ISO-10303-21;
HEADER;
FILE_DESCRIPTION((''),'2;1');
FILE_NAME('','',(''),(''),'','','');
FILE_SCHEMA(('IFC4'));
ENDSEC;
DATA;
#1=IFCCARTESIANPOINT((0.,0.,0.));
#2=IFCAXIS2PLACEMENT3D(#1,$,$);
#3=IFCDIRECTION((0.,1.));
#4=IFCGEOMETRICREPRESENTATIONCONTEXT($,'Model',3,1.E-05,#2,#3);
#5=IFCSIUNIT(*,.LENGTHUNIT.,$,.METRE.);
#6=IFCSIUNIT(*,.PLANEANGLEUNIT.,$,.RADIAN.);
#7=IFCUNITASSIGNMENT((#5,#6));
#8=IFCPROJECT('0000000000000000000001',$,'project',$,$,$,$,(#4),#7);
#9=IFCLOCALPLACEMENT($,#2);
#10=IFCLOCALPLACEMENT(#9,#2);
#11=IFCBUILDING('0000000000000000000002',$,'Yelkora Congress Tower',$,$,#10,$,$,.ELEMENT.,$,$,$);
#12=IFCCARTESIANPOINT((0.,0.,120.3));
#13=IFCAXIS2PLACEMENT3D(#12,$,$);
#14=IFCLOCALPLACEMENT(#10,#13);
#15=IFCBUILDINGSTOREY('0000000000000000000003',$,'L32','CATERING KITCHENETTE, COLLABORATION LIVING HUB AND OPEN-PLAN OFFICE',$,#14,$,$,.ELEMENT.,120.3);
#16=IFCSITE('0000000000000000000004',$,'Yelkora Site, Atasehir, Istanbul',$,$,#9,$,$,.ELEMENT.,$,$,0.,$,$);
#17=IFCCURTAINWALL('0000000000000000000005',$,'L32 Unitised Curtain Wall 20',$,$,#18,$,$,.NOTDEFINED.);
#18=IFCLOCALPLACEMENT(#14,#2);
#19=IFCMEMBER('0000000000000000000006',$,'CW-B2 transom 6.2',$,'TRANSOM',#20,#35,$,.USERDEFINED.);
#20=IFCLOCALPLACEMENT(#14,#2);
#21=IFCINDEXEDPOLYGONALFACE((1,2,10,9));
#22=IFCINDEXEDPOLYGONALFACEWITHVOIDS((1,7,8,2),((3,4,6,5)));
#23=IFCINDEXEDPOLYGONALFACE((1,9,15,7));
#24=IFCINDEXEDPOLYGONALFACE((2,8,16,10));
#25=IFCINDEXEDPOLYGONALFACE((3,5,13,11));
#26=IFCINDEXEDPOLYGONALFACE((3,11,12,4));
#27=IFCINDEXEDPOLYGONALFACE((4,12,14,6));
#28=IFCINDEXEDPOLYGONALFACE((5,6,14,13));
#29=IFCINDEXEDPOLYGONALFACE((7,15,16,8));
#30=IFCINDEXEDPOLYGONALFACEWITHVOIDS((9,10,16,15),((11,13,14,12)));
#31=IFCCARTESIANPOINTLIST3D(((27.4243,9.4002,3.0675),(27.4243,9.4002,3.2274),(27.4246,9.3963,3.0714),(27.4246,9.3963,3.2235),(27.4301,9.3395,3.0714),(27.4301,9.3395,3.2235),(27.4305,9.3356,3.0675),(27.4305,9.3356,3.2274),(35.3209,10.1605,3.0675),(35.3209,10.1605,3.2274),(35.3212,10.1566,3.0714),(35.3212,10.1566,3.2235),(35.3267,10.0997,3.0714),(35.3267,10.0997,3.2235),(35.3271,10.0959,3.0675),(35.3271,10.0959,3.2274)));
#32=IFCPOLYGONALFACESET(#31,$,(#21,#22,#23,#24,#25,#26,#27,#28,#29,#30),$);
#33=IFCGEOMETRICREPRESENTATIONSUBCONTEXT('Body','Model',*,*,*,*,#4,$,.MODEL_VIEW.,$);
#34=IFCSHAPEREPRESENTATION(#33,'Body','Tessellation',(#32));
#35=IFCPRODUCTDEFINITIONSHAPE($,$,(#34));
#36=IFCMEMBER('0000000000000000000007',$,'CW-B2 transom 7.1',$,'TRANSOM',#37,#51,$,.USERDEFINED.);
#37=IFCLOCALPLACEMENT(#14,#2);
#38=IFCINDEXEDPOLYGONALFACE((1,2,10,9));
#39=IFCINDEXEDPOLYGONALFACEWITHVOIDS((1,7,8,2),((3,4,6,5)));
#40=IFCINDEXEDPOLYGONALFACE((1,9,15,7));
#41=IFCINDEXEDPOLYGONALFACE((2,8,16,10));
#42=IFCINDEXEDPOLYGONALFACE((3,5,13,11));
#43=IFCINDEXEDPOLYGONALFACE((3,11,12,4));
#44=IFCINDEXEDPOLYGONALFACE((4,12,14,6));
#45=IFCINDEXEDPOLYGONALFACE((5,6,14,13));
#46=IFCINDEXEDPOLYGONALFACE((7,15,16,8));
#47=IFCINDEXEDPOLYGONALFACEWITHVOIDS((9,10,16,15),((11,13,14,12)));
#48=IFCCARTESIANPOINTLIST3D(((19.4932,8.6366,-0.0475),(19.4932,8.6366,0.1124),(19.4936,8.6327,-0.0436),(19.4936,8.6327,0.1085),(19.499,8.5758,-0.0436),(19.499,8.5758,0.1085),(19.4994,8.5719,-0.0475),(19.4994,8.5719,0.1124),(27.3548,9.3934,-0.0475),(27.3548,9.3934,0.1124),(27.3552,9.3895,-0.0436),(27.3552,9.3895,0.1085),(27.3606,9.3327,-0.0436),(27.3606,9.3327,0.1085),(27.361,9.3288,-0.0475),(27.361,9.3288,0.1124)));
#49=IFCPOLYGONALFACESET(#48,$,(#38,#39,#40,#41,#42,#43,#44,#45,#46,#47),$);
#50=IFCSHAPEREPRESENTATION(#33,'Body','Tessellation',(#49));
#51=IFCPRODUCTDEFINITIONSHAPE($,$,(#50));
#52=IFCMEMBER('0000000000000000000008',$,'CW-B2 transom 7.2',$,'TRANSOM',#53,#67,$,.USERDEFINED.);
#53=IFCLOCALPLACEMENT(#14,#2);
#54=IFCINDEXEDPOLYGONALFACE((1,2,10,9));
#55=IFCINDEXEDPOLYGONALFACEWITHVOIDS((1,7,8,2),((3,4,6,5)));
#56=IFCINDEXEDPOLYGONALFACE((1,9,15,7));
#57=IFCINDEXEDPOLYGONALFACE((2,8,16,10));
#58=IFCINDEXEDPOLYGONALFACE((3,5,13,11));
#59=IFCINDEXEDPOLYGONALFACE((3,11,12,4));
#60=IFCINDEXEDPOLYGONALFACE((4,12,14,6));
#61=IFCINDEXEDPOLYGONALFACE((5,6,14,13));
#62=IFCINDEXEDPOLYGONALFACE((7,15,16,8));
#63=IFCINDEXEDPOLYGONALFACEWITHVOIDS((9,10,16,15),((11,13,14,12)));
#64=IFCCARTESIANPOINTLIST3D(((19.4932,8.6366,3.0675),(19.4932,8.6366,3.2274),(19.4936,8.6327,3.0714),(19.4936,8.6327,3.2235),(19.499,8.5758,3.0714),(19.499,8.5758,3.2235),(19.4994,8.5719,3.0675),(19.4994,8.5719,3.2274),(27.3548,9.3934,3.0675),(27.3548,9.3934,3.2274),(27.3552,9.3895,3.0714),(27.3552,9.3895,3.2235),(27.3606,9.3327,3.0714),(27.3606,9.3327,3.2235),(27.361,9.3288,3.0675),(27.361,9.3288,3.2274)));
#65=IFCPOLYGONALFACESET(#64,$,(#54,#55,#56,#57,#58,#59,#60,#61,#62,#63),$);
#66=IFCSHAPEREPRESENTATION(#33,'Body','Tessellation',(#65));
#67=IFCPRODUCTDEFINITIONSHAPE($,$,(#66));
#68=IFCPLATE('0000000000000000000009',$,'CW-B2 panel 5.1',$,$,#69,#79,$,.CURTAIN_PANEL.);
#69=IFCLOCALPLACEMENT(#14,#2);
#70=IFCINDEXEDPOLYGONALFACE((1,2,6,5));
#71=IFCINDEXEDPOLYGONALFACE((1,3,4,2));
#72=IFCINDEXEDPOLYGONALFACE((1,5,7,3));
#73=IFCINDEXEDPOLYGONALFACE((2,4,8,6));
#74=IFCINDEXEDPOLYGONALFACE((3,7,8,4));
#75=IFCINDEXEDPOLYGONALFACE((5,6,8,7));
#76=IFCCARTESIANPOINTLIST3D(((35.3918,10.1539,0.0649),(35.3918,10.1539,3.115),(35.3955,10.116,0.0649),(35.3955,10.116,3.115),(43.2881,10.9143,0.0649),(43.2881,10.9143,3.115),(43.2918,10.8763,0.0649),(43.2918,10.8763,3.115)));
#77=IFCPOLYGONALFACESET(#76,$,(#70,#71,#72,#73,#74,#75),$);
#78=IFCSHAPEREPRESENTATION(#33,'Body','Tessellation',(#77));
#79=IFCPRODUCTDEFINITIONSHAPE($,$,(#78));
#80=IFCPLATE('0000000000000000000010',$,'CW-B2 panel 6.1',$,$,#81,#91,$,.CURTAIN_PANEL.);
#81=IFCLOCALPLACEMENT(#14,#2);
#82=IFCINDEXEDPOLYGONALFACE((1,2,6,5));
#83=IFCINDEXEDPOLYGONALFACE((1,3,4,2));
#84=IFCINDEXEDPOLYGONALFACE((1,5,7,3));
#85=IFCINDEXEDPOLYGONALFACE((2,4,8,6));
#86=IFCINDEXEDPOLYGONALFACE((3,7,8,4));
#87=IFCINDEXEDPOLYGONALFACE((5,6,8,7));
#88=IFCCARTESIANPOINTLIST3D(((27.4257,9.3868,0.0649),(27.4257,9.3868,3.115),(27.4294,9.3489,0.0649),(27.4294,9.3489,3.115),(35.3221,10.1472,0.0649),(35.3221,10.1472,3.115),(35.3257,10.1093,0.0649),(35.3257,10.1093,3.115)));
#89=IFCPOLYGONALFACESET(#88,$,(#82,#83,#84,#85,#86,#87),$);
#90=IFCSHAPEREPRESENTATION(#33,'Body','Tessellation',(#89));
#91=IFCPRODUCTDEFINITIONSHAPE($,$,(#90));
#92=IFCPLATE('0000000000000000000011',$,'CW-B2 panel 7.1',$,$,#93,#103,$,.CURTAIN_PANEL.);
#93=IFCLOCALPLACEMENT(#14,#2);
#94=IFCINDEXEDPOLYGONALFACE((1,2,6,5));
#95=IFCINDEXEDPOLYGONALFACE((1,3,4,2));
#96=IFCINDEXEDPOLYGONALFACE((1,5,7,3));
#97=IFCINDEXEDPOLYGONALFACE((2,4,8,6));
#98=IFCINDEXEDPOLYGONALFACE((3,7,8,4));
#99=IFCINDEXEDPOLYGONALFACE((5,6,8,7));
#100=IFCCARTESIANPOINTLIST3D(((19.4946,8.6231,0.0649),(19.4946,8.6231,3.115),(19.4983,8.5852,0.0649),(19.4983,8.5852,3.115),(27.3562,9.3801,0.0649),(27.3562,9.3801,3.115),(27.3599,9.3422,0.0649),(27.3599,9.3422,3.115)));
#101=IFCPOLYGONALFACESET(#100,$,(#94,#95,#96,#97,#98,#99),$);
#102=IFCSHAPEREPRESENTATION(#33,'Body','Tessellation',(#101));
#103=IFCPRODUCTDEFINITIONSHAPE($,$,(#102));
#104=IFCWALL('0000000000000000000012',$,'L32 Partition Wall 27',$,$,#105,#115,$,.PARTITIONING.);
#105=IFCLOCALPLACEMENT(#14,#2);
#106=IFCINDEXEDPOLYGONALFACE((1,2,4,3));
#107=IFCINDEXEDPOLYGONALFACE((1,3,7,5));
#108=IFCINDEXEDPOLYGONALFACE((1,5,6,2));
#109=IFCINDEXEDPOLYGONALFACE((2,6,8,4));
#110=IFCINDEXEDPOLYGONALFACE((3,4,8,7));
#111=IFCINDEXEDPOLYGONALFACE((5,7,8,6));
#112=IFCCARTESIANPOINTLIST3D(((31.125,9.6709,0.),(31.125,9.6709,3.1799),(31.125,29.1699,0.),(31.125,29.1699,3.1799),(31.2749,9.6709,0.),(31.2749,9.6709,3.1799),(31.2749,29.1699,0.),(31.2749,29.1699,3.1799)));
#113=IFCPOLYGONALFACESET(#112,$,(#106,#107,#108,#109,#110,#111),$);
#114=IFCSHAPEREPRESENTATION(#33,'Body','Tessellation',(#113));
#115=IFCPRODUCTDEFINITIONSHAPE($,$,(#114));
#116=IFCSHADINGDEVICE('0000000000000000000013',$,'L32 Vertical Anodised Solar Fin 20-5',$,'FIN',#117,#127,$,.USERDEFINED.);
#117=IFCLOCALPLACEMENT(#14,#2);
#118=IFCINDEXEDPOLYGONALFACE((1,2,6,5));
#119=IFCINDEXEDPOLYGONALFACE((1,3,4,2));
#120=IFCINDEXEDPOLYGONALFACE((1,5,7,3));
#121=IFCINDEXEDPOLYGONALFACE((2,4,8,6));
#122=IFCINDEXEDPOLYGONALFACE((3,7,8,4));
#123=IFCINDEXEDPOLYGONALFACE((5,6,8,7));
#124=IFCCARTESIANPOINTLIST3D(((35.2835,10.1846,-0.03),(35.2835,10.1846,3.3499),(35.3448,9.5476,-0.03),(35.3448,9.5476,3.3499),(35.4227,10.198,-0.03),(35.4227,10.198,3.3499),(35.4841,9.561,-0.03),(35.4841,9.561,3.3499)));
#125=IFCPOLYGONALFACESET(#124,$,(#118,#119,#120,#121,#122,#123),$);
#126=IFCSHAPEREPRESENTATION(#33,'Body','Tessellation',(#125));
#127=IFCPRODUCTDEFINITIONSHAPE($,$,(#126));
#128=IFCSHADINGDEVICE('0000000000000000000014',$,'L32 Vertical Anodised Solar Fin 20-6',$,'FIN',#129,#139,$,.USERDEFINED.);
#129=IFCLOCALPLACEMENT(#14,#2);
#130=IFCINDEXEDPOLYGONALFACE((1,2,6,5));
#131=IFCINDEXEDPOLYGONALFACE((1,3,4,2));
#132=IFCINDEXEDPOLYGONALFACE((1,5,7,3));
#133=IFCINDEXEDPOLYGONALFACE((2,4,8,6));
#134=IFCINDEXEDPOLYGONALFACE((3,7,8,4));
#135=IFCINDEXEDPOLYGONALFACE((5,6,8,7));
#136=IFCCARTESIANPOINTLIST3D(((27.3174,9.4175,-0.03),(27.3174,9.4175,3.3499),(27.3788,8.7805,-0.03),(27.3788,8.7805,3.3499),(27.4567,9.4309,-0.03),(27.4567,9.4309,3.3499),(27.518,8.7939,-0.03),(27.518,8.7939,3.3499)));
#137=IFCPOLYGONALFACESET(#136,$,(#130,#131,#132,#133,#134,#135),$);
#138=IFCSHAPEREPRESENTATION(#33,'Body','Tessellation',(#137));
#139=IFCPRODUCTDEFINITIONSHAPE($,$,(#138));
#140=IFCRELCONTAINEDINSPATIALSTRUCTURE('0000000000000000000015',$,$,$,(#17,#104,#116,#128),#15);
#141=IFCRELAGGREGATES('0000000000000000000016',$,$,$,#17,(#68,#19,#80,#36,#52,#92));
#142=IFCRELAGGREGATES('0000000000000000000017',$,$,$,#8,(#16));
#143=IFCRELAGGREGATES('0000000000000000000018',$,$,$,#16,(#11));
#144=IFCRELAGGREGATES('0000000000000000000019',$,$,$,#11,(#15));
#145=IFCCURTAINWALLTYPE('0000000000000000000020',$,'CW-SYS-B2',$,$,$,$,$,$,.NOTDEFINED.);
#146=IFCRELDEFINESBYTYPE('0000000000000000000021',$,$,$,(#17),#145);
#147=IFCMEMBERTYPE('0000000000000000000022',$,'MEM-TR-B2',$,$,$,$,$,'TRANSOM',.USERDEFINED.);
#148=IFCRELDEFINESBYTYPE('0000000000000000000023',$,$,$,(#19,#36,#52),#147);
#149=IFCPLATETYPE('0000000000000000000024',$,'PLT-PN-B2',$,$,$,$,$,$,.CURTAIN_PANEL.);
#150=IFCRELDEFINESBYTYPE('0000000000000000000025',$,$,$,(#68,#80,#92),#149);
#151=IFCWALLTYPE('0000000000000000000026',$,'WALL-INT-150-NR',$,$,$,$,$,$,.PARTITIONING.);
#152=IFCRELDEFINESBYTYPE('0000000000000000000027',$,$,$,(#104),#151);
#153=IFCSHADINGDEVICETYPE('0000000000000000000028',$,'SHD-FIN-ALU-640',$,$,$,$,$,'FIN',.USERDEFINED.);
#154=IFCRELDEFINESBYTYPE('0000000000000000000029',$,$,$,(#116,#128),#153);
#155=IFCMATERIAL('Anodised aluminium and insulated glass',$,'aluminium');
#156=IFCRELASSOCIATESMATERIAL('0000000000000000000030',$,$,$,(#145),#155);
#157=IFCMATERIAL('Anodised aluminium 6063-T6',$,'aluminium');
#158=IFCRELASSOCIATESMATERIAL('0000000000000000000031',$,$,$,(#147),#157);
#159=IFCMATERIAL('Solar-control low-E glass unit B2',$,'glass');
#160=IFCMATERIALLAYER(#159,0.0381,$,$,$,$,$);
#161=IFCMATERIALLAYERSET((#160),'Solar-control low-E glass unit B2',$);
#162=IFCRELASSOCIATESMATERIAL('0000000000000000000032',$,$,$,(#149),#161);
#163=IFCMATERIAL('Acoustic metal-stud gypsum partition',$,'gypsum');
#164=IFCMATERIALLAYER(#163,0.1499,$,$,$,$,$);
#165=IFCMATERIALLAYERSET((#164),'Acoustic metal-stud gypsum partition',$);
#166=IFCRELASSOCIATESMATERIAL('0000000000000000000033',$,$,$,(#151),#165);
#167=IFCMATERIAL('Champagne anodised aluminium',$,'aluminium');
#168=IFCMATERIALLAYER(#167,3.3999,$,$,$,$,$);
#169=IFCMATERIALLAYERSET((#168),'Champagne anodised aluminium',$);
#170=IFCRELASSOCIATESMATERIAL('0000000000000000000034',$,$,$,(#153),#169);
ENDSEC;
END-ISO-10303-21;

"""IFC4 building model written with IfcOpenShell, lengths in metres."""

from ifc_helpers import new_model, si_unit, direction, frame, frame_2d, origin, origin_2d, place, context, subcontext, project, spatial, rectangle, hollow_rectangle, extrude, material, layer, layer_set, material_profile, profile_set, type_object, element, aggregate, save


model = new_model("IFC4")

# Units and contexts
model_context = context("Model", 3, precision=1e-05, world=origin(), true_north=direction((0.0, 1.0)))
body_context = subcontext(model_context, "Body", "Model", "MODEL_VIEW")
ifc_project = project(units=[si_unit("LENGTHUNIT", "METRE"), si_unit("PLANEANGLEUNIT", "RADIAN")], contexts=[model_context])

# Site, building, storey
site_placement = place(None, origin())
site = spatial("IfcSite", under=ifc_project, at=site_placement, Name="Yelkora Site, Atasehir, Istanbul", CompositionType="ELEMENT", RefElevation=0.0)
building_placement = place(site_placement, origin())
building = spatial("IfcBuilding", under=site, at=building_placement, Name="Yelkora Congress Tower", CompositionType="ELEMENT")
storey_placement = place(building_placement, frame((0.0, 0.0, 120.3)))
storey = spatial("IfcBuildingStorey", under=building, at=storey_placement, Name="L32", Description="CATERING KITCHENETTE, COLLABORATION LIVING HUB AND OPEN-PLAN OFFICE", CompositionType="ELEMENT", Elevation=120.3)

# Curtain wall, members, plates
ifc_material_1 = material(Name="Anodised aluminium and insulated glass", Category="aluminium")
curtain_wall_type = type_object("IfcCurtainWallType", Name="CW-SYS-B2", PredefinedType="NOTDEFINED", material=ifc_material_1)
curtain_wall_placement = place(storey_placement, origin())
curtain_wall = element("IfcCurtainWall", 1, at=curtain_wall_placement, inside=storey, type_object=curtain_wall_type, Name="L32 Unitised Curtain Wall 20", PredefinedType="NOTDEFINED")
ifc_material_2 = material(Name="Anodised aluminium 6063-T6", Category="aluminium")
ifc_material_profile_1 = material_profile(ifc_material_2, hollow_rectangle(XDim=0.0649, YDim=0.1599, WallThickness=0.0039, at=origin_2d()), Name="ALU 65x160x4")
ifc_profile_set_1 = profile_set([ifc_material_profile_1], Name="Anodised aluminium 6063-T6")
member_type_1 = type_object("IfcMemberType", Name="MEM-TR-B2", ElementType="TRANSOM", PredefinedType="USERDEFINED", material=ifc_profile_set_1)
member_1_placement = place(storey_placement, frame((35.324, 10.1282, 3.1475), z_axis=(-0.995397, -0.095834, 0.0), x_axis=(0.095834, -0.995397, 0.0)))
member_1 = element("IfcMember", 2, at=member_1_placement, type_object=member_type_1, Name="CW-B2 transom 6.2", ObjectType="TRANSOM", PredefinedType="USERDEFINED", context=body_context, shape_type="SweptSolid", body=[
    extrude(hollow_rectangle(XDim=0.0649, YDim=0.1599, WallThickness=0.0039, at=origin_2d()), origin(), (0.0, 0.0, 1.0), 7.9331),
])
member_2_placement = place(storey_placement, frame((27.3579, 9.3611, 0.0325), z_axis=(-0.995398, -0.095827, 0.0), x_axis=(0.095827, -0.995398, 0.0)))
member_2 = element("IfcMember", 3, at=member_2_placement, type_object=member_type_1, Name="CW-B2 transom 7.1", ObjectType="TRANSOM", PredefinedType="USERDEFINED", context=body_context, shape_type="SweptSolid", body=[
    extrude(hollow_rectangle(XDim=0.0649, YDim=0.1599, WallThickness=0.0039, at=origin_2d()), origin(), (0.0, 0.0, 1.0), 7.8979),
])
member_3_placement = place(storey_placement, frame((27.3579, 9.3611, 3.1475), z_axis=(-0.995398, -0.095827, 0.0), x_axis=(0.095827, -0.995398, 0.0)))
member_3 = element("IfcMember", 4, at=member_3_placement, type_object=member_type_1, Name="CW-B2 transom 7.2", ObjectType="TRANSOM", PredefinedType="USERDEFINED", context=body_context, shape_type="SweptSolid", body=[
    extrude(hollow_rectangle(XDim=0.0649, YDim=0.1599, WallThickness=0.0039, at=origin_2d()), origin(), (0.0, 0.0, 1.0), 7.8979),
])
ifc_material_3 = material(Name="Solar-control low-E glass unit B2", Category="glass")
ifc_layer_1 = layer(ifc_material_3, 0.0381)
ifc_layer_set_1 = layer_set([ifc_layer_1], Name="Solar-control low-E glass unit B2")
plate_type = type_object("IfcPlateType", Name="PLT-PN-B2", PredefinedType="CURTAIN_PANEL", material=ifc_layer_set_1)
plate_1_placement = place(storey_placement, frame((39.3418, 10.5151, 0.0649), z_axis=(0.0, 0.0, 1.0), x_axis=(-0.995396, -0.095844, 0.0)))
plate_1 = element("IfcPlate", 5, at=plate_1_placement, type_object=plate_type, Name="CW-B2 panel 5.1", PredefinedType="CURTAIN_PANEL", context=body_context, shape_type="SweptSolid", body=[
    extrude(rectangle(XDim=7.9329, YDim=0.0381, at=origin_2d()), origin(), (0.0, 0.0, 1.0), 3.05),
])
plate_2_placement = place(storey_placement, frame((31.3757, 9.748, 0.0649), z_axis=(0.0, 0.0, 1.0), x_axis=(-0.995396, -0.095844, 0.0)))
plate_2 = element("IfcPlate", 6, at=plate_2_placement, type_object=plate_type, Name="CW-B2 panel 6.1", PredefinedType="CURTAIN_PANEL", context=body_context, shape_type="SweptSolid", body=[
    extrude(rectangle(XDim=7.9329, YDim=0.0381, at=origin_2d()), origin(), (0.0, 0.0, 1.0), 3.05),
])
plate_3_placement = place(storey_placement, frame((23.4272, 8.9827, 0.0649), z_axis=(0.0, 0.0, 1.0), x_axis=(-0.995396, -0.095844, 0.0)))
plate_3 = element("IfcPlate", 7, at=plate_3_placement, type_object=plate_type, Name="CW-B2 panel 7.1", PredefinedType="CURTAIN_PANEL", context=body_context, shape_type="SweptSolid", body=[
    extrude(rectangle(XDim=7.8979, YDim=0.0381, at=origin_2d()), origin(), (0.0, 0.0, 1.0), 3.05),
])
aggregate(curtain_wall, [plate_1, member_1, plate_2, member_2, member_3, plate_3])

# Wall
ifc_material_4 = material(Name="Acoustic metal-stud gypsum partition", Category="gypsum")
ifc_layer_2 = layer(ifc_material_4, 0.1499)
ifc_layer_set_2 = layer_set([ifc_layer_2], Name="Acoustic metal-stud gypsum partition")
wall_type = type_object("IfcWallType", Name="WALL-INT-150-NR", PredefinedType="PARTITIONING", material=ifc_layer_set_2)
wall_placement = place(storey_placement, frame((31.2, 9.6709, 0.0), z_axis=(0.0, 0.0, 1.0), x_axis=(0.0, 1.0, 0.0)))
element("IfcWall", 8, at=wall_placement, inside=storey, type_object=wall_type, Name="L32 Partition Wall 27", PredefinedType="PARTITIONING", context=body_context, shape_type="SweptSolid", body=[
    extrude(rectangle(XDim=19.499, YDim=0.1499, at=frame_2d((9.7495, 0.0))), origin(), (0.0, 0.0, 1.0), 3.1799),
])

# Shading devices
ifc_material_5 = material(Name="Champagne anodised aluminium", Category="aluminium")
ifc_layer_3 = layer(ifc_material_5, 3.3999)
ifc_layer_set_3 = layer_set([ifc_layer_3], Name="Champagne anodised aluminium")
shading_device_type = type_object("IfcShadingDeviceType", Name="SHD-FIN-ALU-640", ElementType="FIN", PredefinedType="USERDEFINED", material=ifc_layer_set_3)
for number, where, z_axis, x_axis, name in (
    (9, (35.3838, 9.8728, -0.03), (0.0, 0.0, 1.0), (-0.995396, -0.095846, 0.0), "L32 Vertical Anodised Solar Fin 20-5"),
    (10, (27.4177, 9.1057, -0.03), (0.0, 0.0, 1.0), (-0.995396, -0.095846, 0.0), "L32 Vertical Anodised Solar Fin 20-6"),
):
    element("IfcShadingDevice", number, at=place(storey_placement, frame(where, z_axis=z_axis, x_axis=x_axis)), inside=storey, type_object=shading_device_type, Name=name, ObjectType="FIN", PredefinedType="USERDEFINED", context=body_context, shape_type="SweptSolid", body=[
        extrude(rectangle(XDim=0.1399, YDim=0.6399, at=origin_2d()), origin(), (0.0, 0.0, 1.0), 3.3799),
    ])

save(model, "model.ifc")
